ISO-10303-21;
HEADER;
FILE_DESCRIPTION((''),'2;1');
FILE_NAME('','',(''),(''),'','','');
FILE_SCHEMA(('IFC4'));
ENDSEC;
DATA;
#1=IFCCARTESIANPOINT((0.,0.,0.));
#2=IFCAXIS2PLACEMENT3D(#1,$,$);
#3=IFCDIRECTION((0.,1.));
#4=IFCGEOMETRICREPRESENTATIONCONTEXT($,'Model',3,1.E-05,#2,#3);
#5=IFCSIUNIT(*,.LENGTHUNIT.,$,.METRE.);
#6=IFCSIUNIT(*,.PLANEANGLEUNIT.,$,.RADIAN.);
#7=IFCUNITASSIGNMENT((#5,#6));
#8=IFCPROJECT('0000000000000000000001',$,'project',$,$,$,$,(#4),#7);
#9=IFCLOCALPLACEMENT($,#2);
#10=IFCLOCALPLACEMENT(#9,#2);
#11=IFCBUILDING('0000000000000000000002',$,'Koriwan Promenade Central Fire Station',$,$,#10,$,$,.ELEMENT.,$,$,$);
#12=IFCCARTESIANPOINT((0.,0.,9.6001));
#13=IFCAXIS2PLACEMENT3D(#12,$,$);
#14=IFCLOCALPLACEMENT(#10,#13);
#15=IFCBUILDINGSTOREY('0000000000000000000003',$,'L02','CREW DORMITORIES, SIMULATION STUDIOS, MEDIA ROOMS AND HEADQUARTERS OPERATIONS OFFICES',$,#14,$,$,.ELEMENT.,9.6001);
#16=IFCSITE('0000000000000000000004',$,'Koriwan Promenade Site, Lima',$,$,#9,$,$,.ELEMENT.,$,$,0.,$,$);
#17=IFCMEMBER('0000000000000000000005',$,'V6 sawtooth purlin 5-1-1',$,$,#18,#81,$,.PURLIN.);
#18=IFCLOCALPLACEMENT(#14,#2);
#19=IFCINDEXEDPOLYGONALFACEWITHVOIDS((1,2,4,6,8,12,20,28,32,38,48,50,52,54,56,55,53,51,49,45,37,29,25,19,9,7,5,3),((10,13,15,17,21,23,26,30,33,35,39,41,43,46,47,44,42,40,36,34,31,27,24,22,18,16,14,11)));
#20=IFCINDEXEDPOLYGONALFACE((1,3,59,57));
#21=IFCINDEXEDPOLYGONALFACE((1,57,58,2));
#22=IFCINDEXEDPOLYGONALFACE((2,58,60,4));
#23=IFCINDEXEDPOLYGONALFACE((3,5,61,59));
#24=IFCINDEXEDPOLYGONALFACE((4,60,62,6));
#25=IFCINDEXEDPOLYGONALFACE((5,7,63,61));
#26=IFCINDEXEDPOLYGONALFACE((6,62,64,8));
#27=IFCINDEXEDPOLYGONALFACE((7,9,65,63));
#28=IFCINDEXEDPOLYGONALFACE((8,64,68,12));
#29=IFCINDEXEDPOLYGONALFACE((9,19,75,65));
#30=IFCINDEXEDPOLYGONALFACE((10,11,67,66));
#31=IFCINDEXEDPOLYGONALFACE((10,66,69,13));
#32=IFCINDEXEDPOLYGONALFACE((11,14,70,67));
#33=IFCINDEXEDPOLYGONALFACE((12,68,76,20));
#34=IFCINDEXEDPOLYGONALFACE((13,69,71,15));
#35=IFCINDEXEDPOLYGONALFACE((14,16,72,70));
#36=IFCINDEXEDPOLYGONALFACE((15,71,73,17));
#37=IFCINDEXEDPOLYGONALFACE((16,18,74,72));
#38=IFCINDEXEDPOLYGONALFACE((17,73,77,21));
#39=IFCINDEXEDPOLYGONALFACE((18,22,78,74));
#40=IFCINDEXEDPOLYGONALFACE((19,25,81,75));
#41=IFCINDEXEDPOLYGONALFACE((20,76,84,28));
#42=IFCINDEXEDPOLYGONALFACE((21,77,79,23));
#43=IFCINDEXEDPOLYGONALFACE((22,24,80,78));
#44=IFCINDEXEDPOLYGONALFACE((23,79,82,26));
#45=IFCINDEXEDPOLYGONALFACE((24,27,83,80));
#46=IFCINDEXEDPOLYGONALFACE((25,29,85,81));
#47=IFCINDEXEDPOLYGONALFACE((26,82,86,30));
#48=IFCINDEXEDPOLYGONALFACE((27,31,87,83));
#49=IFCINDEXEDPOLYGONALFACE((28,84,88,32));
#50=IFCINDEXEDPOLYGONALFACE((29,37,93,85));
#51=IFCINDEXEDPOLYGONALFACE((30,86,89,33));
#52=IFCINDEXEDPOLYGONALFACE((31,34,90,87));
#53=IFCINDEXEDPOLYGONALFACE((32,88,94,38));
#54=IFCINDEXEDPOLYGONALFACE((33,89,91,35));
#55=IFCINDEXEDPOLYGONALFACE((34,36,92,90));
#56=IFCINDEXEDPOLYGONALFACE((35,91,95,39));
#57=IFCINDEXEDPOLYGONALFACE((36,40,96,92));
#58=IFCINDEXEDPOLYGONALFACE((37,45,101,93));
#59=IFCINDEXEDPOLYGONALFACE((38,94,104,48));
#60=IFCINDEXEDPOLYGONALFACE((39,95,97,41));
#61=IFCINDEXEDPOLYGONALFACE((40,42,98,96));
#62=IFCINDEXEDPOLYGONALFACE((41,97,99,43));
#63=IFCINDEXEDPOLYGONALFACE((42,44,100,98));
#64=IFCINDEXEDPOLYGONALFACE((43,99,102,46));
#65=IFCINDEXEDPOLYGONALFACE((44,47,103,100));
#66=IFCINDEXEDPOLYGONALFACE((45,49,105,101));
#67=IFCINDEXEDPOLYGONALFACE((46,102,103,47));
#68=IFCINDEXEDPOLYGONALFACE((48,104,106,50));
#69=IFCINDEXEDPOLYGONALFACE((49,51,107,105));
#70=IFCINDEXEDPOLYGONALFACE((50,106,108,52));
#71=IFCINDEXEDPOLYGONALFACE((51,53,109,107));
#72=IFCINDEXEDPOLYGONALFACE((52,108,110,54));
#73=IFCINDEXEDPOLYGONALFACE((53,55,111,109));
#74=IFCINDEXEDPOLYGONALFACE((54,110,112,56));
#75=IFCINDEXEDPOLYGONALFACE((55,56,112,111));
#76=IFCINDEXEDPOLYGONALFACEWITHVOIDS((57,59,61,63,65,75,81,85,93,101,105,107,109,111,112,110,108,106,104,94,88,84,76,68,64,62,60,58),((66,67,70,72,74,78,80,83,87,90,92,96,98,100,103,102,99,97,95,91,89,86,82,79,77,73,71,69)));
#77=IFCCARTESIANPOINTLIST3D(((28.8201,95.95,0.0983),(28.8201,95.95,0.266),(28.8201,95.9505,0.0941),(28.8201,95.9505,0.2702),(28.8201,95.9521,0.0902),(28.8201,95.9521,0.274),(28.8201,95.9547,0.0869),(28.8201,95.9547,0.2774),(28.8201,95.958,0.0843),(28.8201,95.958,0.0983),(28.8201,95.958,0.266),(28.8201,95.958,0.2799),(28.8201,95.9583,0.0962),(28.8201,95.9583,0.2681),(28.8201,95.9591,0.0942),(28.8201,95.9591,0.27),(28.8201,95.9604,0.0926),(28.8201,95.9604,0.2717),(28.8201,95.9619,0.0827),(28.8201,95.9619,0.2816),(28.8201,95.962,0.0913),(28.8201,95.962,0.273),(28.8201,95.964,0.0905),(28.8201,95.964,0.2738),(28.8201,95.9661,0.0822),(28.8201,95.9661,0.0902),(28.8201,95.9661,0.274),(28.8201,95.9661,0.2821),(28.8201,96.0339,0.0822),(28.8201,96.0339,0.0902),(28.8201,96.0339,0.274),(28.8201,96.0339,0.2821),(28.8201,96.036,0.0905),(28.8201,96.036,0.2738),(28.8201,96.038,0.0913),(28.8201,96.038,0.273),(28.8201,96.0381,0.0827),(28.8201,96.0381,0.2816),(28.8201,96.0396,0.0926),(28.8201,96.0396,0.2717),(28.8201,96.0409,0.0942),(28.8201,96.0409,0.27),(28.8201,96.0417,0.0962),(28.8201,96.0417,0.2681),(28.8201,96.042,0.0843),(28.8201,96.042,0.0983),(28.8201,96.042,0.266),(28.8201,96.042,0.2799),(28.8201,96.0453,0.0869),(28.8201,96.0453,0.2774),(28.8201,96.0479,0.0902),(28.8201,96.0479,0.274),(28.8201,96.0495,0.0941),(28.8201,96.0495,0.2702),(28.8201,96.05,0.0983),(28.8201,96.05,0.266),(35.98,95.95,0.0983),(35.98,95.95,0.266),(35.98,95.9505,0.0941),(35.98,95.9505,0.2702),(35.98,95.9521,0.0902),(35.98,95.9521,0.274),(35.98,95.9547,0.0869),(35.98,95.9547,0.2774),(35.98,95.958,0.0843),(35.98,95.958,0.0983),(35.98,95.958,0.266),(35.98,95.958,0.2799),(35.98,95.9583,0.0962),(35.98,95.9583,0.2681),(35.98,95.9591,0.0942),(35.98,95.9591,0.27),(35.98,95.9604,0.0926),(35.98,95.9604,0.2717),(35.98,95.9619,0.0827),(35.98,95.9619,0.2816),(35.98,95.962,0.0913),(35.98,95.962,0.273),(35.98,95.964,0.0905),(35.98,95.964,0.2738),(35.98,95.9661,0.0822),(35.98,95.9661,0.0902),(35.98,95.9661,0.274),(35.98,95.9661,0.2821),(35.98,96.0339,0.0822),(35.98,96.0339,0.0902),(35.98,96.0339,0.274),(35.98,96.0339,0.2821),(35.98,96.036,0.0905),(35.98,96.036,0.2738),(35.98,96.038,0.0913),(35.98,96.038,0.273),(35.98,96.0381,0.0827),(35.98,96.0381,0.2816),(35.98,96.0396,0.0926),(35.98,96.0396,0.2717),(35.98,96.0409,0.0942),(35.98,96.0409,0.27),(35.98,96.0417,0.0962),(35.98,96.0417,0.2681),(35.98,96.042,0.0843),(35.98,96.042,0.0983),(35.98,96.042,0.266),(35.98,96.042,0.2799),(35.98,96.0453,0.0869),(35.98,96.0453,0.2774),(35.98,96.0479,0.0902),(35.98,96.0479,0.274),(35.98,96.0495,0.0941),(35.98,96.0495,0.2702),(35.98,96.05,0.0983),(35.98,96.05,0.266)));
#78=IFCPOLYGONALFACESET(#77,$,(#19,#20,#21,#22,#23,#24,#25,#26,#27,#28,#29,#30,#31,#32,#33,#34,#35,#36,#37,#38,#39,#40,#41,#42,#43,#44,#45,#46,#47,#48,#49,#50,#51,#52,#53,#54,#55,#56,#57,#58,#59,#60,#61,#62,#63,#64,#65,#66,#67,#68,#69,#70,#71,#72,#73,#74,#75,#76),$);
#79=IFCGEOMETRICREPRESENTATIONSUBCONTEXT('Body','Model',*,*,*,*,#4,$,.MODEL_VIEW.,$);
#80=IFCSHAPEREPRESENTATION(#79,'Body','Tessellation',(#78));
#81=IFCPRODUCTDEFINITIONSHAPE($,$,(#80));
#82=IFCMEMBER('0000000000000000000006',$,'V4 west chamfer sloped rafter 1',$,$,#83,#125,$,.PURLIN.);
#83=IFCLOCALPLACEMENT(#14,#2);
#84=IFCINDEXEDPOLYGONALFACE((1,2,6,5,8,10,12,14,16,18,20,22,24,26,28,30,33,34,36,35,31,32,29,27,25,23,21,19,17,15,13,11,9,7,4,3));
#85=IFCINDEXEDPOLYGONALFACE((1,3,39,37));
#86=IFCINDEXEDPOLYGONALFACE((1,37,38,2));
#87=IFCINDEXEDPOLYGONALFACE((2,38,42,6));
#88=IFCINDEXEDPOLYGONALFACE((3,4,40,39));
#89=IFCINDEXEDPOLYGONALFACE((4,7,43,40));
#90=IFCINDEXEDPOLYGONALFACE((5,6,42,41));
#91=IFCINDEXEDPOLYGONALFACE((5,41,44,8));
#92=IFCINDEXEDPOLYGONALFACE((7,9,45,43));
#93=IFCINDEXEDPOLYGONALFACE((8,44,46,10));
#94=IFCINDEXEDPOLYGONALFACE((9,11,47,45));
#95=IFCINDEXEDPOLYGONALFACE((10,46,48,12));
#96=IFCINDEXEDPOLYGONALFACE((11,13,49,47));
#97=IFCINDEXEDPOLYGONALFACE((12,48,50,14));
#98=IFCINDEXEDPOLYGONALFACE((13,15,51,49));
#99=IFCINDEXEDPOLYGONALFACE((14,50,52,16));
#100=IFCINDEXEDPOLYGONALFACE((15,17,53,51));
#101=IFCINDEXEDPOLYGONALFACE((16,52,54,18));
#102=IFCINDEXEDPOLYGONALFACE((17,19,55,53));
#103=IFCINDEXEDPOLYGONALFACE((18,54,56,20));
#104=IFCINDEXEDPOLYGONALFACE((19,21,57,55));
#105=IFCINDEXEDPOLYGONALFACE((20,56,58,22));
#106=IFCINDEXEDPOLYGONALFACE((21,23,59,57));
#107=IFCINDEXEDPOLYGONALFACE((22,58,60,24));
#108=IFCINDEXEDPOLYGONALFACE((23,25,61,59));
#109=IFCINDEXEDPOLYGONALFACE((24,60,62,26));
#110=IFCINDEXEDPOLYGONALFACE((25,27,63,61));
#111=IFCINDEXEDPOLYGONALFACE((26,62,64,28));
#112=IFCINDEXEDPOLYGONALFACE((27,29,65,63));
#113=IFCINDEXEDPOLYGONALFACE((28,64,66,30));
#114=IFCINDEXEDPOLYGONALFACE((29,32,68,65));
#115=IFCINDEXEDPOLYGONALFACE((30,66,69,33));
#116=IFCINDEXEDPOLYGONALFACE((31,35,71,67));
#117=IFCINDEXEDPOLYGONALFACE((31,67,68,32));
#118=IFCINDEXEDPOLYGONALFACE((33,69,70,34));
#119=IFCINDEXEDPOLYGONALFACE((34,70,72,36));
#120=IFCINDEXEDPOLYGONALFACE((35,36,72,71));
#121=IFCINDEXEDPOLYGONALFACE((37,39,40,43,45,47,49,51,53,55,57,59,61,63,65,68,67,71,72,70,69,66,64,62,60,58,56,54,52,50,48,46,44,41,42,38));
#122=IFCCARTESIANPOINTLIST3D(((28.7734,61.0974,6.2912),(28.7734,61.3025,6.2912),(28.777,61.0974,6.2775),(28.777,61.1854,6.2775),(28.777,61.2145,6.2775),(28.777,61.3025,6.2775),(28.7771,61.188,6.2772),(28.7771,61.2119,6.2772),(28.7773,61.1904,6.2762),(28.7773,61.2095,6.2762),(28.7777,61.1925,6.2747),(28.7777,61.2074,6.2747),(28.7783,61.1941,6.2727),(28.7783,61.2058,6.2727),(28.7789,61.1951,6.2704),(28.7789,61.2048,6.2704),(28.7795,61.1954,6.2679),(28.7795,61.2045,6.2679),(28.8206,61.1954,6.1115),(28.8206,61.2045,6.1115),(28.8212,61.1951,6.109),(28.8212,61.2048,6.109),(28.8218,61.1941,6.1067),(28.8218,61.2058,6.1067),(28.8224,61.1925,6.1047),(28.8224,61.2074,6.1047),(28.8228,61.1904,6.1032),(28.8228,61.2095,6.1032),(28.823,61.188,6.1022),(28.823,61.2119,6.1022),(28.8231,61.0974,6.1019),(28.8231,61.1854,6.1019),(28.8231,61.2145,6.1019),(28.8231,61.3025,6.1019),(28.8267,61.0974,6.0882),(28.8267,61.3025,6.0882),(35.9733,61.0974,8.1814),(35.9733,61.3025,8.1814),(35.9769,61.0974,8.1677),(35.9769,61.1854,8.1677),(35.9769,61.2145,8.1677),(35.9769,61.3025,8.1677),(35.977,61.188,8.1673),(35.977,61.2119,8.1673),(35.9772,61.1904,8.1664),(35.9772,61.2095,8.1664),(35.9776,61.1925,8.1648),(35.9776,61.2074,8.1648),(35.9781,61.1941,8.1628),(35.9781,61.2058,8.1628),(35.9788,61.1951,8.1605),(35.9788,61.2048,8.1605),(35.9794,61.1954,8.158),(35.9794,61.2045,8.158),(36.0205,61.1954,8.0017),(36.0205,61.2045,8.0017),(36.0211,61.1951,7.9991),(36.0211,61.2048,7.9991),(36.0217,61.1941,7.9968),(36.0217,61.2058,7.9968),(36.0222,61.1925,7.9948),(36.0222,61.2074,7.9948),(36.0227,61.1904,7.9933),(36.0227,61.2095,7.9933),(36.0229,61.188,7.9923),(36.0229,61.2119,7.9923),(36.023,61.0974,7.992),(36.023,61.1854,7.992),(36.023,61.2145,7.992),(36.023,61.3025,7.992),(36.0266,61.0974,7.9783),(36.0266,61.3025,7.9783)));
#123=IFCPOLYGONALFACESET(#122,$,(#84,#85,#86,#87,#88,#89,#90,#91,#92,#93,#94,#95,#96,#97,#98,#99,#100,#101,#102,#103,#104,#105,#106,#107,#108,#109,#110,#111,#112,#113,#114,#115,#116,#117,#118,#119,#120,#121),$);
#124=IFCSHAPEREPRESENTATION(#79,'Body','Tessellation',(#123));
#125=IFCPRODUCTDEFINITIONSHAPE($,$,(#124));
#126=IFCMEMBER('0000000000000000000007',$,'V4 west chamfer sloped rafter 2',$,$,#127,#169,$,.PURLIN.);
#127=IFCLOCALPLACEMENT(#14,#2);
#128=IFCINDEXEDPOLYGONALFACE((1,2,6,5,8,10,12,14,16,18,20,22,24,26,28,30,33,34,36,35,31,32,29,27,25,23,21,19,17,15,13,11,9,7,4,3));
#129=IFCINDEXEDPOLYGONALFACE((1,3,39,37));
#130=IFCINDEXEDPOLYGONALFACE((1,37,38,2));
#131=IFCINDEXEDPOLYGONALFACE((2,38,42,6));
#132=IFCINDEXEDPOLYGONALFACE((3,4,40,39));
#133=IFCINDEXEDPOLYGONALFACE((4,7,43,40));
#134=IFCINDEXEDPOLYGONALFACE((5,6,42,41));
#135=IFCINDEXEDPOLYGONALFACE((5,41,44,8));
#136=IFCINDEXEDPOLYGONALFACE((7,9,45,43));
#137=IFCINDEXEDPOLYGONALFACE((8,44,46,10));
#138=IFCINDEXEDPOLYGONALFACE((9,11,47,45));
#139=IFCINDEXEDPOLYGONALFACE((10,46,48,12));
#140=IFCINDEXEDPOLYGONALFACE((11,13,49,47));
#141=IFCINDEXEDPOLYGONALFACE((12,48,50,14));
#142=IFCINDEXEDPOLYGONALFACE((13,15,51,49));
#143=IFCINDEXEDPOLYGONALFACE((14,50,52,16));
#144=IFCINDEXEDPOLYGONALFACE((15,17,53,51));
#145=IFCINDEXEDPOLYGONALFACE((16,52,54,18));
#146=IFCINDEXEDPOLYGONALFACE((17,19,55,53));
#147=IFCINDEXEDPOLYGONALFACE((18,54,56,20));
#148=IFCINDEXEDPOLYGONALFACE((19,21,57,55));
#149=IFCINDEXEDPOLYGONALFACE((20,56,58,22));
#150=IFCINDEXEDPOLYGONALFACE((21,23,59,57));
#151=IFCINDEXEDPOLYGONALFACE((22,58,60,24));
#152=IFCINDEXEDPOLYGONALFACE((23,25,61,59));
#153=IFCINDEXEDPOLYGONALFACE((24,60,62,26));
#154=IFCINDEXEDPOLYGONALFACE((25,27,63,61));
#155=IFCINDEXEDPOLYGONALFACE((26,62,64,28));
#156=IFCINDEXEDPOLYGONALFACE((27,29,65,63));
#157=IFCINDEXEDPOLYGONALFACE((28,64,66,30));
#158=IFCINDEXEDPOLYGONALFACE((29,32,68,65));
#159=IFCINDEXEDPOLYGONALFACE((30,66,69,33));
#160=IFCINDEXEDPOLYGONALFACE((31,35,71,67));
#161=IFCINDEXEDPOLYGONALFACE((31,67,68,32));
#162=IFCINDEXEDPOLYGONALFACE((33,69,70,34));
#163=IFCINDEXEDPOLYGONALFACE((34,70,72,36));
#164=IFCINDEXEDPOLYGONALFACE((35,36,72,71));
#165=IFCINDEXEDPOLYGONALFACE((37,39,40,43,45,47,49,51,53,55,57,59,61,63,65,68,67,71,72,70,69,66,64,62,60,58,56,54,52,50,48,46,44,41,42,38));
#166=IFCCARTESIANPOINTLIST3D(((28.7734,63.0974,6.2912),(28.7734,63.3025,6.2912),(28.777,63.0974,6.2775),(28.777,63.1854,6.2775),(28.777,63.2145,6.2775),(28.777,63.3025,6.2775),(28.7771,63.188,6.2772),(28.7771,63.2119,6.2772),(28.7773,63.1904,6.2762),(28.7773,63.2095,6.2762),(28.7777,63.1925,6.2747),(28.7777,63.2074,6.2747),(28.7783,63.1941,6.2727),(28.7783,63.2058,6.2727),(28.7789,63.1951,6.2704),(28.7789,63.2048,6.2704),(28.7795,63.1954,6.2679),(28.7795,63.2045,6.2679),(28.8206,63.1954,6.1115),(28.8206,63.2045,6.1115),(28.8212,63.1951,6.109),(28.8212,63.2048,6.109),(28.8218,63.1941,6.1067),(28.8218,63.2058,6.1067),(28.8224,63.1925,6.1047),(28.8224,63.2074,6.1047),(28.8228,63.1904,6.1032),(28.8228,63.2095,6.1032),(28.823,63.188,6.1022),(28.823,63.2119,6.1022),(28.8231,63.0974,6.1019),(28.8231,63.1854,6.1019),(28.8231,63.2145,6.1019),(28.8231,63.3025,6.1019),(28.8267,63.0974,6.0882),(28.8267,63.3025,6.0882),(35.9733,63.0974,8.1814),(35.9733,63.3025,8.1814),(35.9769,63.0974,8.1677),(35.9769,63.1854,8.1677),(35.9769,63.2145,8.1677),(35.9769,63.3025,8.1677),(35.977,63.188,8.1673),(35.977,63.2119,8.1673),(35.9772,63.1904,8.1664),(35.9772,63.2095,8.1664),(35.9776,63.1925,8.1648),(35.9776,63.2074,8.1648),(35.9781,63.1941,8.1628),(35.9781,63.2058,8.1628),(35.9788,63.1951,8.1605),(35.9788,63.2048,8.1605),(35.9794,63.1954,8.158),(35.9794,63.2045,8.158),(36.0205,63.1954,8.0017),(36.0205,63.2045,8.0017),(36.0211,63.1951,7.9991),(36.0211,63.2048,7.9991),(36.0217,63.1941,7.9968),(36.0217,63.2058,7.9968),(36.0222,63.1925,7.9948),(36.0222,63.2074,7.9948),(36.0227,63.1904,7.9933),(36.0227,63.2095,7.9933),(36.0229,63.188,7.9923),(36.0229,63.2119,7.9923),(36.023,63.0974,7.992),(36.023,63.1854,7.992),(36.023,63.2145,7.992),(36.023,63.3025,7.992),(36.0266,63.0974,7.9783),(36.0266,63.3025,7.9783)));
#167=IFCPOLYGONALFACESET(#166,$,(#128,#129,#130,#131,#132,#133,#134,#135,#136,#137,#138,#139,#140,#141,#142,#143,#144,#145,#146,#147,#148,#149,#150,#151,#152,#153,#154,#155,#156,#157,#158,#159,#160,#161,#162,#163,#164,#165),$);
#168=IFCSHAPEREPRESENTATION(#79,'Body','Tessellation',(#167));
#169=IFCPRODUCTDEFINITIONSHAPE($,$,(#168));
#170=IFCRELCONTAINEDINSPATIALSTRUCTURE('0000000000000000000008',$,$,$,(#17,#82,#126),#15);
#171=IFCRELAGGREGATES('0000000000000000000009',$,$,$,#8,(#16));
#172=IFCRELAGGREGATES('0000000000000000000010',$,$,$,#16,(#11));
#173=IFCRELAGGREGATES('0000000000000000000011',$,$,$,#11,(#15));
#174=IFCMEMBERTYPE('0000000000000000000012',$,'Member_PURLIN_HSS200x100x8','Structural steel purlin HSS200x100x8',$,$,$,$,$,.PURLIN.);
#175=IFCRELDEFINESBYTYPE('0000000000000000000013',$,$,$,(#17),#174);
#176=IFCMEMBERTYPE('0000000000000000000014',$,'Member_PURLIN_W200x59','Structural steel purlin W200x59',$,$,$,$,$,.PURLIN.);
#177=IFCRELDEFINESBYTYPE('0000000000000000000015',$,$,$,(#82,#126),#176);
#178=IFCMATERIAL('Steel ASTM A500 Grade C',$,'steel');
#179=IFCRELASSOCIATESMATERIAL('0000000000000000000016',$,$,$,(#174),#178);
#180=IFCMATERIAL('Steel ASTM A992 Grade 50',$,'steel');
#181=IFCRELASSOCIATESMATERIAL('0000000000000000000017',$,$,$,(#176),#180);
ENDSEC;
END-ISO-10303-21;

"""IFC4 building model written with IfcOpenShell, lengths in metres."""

from ifc_helpers import new_model, si_unit, direction, frame, origin, origin_2d, place, context, subcontext, project, spatial, hollow_rectangle, i_section, extrude, material, material_profile, profile_set, type_object, element, save


model = new_model("IFC4")

# Units and contexts
model_context = context("Model", 3, precision=1e-05, world=origin(), true_north=direction((0.0, 1.0)))
body_context = subcontext(model_context, "Body", "Model", "MODEL_VIEW")
ifc_project = project(units=[si_unit("LENGTHUNIT", "METRE"), si_unit("PLANEANGLEUNIT", "RADIAN")], contexts=[model_context])

# Site, building, storey
site_placement = place(None, origin())
site = spatial("IfcSite", under=ifc_project, at=site_placement, Name="Koriwan Promenade Site, Lima", CompositionType="ELEMENT", RefElevation=0.0)
building_placement = place(site_placement, origin())
building = spatial("IfcBuilding", under=site, at=building_placement, Name="Koriwan Promenade Central Fire Station", CompositionType="ELEMENT")
storey_placement = place(building_placement, frame((0.0, 0.0, 9.6001)))
storey = spatial("IfcBuildingStorey", under=building, at=storey_placement, Name="L02", Description="CREW DORMITORIES, SIMULATION STUDIOS, MEDIA ROOMS AND HEADQUARTERS OPERATIONS OFFICES", CompositionType="ELEMENT", Elevation=9.6001)

# Shared definitions
ifc_material_1 = material(Name="Steel ASTM A500 Grade C", Category="steel")

# Members
ifc_material_2 = material(Name="Steel ASTM A992 Grade 50", Category="steel")
ifc_material_profile_1 = material_profile(ifc_material_1, hollow_rectangle(XDim=0.1001, YDim=0.2, WallThickness=0.0081, InnerFilletRadius=0.0081, OuterFilletRadius=0.0161, at=origin_2d()), Name="HSS200x100x8")
ifc_profile_set_1 = profile_set([ifc_material_profile_1], Name="Steel ASTM A500 Grade C")
member_type_1 = type_object("IfcMemberType", Name="Member_PURLIN_HSS200x100x8", Description="Structural steel purlin HSS200x100x8", PredefinedType="PURLIN", material=ifc_profile_set_1)
for number, where, z_axis, x_axis, name in (
    (1, (28.8201, 96.0, 0.1821), (1.0, 0.0, 0.0), (0.0, 1.0, 0.0), "V6 sawtooth purlin 5-1-1"),
):
    element("IfcMember", number, at=place(storey_placement, frame(where, z_axis=z_axis, x_axis=x_axis)), inside=storey, type_object=member_type_1, Name=name, PredefinedType="PURLIN", context=body_context, shape_type="SweptSolid", body=[
        extrude(hollow_rectangle(XDim=0.1001, YDim=0.2, WallThickness=0.0081, InnerFilletRadius=0.0081, OuterFilletRadius=0.0161, at=origin_2d()), origin(), (0.0, 0.0, 1.0), 7.1599),
    ])
ifc_material_profile_2 = material_profile(ifc_material_2, i_section(OverallWidth=0.2051, OverallDepth=0.21, WebThickness=0.009, FlangeThickness=0.0142, FilletRadius=0.01, at=origin_2d()), Name="W200x59")
ifc_profile_set_2 = profile_set([ifc_material_profile_2], Name="Steel ASTM A992 Grade 50")
member_type_2 = type_object("IfcMemberType", Name="Member_PURLIN_W200x59", Description="Structural steel purlin W200x59", PredefinedType="PURLIN", material=ifc_profile_set_2)
for number, where, z_axis, x_axis, name in (
    (2, (28.8, 61.2, 6.1897), (0.967226, 0.0, 0.253917), (0.0, 1.0, 0.0), "V4 west chamfer sloped rafter 1"),
    (3, (28.8, 63.2, 6.1897), (0.967226, 0.0, 0.253917), (0.0, 1.0, 0.0), "V4 west chamfer sloped rafter 2"),
):
    element("IfcMember", number, at=place(storey_placement, frame(where, z_axis=z_axis, x_axis=x_axis)), inside=storey, type_object=member_type_2, Name=name, PredefinedType="PURLIN", context=body_context, shape_type="SweptSolid", body=[
        extrude(i_section(OverallWidth=0.2051, OverallDepth=0.21, WebThickness=0.009, FlangeThickness=0.0142, FilletRadius=0.01, at=origin_2d()), origin(), (0.0, 0.0, 1.0), 7.4438),
    ])

save(model, "model.ifc")
